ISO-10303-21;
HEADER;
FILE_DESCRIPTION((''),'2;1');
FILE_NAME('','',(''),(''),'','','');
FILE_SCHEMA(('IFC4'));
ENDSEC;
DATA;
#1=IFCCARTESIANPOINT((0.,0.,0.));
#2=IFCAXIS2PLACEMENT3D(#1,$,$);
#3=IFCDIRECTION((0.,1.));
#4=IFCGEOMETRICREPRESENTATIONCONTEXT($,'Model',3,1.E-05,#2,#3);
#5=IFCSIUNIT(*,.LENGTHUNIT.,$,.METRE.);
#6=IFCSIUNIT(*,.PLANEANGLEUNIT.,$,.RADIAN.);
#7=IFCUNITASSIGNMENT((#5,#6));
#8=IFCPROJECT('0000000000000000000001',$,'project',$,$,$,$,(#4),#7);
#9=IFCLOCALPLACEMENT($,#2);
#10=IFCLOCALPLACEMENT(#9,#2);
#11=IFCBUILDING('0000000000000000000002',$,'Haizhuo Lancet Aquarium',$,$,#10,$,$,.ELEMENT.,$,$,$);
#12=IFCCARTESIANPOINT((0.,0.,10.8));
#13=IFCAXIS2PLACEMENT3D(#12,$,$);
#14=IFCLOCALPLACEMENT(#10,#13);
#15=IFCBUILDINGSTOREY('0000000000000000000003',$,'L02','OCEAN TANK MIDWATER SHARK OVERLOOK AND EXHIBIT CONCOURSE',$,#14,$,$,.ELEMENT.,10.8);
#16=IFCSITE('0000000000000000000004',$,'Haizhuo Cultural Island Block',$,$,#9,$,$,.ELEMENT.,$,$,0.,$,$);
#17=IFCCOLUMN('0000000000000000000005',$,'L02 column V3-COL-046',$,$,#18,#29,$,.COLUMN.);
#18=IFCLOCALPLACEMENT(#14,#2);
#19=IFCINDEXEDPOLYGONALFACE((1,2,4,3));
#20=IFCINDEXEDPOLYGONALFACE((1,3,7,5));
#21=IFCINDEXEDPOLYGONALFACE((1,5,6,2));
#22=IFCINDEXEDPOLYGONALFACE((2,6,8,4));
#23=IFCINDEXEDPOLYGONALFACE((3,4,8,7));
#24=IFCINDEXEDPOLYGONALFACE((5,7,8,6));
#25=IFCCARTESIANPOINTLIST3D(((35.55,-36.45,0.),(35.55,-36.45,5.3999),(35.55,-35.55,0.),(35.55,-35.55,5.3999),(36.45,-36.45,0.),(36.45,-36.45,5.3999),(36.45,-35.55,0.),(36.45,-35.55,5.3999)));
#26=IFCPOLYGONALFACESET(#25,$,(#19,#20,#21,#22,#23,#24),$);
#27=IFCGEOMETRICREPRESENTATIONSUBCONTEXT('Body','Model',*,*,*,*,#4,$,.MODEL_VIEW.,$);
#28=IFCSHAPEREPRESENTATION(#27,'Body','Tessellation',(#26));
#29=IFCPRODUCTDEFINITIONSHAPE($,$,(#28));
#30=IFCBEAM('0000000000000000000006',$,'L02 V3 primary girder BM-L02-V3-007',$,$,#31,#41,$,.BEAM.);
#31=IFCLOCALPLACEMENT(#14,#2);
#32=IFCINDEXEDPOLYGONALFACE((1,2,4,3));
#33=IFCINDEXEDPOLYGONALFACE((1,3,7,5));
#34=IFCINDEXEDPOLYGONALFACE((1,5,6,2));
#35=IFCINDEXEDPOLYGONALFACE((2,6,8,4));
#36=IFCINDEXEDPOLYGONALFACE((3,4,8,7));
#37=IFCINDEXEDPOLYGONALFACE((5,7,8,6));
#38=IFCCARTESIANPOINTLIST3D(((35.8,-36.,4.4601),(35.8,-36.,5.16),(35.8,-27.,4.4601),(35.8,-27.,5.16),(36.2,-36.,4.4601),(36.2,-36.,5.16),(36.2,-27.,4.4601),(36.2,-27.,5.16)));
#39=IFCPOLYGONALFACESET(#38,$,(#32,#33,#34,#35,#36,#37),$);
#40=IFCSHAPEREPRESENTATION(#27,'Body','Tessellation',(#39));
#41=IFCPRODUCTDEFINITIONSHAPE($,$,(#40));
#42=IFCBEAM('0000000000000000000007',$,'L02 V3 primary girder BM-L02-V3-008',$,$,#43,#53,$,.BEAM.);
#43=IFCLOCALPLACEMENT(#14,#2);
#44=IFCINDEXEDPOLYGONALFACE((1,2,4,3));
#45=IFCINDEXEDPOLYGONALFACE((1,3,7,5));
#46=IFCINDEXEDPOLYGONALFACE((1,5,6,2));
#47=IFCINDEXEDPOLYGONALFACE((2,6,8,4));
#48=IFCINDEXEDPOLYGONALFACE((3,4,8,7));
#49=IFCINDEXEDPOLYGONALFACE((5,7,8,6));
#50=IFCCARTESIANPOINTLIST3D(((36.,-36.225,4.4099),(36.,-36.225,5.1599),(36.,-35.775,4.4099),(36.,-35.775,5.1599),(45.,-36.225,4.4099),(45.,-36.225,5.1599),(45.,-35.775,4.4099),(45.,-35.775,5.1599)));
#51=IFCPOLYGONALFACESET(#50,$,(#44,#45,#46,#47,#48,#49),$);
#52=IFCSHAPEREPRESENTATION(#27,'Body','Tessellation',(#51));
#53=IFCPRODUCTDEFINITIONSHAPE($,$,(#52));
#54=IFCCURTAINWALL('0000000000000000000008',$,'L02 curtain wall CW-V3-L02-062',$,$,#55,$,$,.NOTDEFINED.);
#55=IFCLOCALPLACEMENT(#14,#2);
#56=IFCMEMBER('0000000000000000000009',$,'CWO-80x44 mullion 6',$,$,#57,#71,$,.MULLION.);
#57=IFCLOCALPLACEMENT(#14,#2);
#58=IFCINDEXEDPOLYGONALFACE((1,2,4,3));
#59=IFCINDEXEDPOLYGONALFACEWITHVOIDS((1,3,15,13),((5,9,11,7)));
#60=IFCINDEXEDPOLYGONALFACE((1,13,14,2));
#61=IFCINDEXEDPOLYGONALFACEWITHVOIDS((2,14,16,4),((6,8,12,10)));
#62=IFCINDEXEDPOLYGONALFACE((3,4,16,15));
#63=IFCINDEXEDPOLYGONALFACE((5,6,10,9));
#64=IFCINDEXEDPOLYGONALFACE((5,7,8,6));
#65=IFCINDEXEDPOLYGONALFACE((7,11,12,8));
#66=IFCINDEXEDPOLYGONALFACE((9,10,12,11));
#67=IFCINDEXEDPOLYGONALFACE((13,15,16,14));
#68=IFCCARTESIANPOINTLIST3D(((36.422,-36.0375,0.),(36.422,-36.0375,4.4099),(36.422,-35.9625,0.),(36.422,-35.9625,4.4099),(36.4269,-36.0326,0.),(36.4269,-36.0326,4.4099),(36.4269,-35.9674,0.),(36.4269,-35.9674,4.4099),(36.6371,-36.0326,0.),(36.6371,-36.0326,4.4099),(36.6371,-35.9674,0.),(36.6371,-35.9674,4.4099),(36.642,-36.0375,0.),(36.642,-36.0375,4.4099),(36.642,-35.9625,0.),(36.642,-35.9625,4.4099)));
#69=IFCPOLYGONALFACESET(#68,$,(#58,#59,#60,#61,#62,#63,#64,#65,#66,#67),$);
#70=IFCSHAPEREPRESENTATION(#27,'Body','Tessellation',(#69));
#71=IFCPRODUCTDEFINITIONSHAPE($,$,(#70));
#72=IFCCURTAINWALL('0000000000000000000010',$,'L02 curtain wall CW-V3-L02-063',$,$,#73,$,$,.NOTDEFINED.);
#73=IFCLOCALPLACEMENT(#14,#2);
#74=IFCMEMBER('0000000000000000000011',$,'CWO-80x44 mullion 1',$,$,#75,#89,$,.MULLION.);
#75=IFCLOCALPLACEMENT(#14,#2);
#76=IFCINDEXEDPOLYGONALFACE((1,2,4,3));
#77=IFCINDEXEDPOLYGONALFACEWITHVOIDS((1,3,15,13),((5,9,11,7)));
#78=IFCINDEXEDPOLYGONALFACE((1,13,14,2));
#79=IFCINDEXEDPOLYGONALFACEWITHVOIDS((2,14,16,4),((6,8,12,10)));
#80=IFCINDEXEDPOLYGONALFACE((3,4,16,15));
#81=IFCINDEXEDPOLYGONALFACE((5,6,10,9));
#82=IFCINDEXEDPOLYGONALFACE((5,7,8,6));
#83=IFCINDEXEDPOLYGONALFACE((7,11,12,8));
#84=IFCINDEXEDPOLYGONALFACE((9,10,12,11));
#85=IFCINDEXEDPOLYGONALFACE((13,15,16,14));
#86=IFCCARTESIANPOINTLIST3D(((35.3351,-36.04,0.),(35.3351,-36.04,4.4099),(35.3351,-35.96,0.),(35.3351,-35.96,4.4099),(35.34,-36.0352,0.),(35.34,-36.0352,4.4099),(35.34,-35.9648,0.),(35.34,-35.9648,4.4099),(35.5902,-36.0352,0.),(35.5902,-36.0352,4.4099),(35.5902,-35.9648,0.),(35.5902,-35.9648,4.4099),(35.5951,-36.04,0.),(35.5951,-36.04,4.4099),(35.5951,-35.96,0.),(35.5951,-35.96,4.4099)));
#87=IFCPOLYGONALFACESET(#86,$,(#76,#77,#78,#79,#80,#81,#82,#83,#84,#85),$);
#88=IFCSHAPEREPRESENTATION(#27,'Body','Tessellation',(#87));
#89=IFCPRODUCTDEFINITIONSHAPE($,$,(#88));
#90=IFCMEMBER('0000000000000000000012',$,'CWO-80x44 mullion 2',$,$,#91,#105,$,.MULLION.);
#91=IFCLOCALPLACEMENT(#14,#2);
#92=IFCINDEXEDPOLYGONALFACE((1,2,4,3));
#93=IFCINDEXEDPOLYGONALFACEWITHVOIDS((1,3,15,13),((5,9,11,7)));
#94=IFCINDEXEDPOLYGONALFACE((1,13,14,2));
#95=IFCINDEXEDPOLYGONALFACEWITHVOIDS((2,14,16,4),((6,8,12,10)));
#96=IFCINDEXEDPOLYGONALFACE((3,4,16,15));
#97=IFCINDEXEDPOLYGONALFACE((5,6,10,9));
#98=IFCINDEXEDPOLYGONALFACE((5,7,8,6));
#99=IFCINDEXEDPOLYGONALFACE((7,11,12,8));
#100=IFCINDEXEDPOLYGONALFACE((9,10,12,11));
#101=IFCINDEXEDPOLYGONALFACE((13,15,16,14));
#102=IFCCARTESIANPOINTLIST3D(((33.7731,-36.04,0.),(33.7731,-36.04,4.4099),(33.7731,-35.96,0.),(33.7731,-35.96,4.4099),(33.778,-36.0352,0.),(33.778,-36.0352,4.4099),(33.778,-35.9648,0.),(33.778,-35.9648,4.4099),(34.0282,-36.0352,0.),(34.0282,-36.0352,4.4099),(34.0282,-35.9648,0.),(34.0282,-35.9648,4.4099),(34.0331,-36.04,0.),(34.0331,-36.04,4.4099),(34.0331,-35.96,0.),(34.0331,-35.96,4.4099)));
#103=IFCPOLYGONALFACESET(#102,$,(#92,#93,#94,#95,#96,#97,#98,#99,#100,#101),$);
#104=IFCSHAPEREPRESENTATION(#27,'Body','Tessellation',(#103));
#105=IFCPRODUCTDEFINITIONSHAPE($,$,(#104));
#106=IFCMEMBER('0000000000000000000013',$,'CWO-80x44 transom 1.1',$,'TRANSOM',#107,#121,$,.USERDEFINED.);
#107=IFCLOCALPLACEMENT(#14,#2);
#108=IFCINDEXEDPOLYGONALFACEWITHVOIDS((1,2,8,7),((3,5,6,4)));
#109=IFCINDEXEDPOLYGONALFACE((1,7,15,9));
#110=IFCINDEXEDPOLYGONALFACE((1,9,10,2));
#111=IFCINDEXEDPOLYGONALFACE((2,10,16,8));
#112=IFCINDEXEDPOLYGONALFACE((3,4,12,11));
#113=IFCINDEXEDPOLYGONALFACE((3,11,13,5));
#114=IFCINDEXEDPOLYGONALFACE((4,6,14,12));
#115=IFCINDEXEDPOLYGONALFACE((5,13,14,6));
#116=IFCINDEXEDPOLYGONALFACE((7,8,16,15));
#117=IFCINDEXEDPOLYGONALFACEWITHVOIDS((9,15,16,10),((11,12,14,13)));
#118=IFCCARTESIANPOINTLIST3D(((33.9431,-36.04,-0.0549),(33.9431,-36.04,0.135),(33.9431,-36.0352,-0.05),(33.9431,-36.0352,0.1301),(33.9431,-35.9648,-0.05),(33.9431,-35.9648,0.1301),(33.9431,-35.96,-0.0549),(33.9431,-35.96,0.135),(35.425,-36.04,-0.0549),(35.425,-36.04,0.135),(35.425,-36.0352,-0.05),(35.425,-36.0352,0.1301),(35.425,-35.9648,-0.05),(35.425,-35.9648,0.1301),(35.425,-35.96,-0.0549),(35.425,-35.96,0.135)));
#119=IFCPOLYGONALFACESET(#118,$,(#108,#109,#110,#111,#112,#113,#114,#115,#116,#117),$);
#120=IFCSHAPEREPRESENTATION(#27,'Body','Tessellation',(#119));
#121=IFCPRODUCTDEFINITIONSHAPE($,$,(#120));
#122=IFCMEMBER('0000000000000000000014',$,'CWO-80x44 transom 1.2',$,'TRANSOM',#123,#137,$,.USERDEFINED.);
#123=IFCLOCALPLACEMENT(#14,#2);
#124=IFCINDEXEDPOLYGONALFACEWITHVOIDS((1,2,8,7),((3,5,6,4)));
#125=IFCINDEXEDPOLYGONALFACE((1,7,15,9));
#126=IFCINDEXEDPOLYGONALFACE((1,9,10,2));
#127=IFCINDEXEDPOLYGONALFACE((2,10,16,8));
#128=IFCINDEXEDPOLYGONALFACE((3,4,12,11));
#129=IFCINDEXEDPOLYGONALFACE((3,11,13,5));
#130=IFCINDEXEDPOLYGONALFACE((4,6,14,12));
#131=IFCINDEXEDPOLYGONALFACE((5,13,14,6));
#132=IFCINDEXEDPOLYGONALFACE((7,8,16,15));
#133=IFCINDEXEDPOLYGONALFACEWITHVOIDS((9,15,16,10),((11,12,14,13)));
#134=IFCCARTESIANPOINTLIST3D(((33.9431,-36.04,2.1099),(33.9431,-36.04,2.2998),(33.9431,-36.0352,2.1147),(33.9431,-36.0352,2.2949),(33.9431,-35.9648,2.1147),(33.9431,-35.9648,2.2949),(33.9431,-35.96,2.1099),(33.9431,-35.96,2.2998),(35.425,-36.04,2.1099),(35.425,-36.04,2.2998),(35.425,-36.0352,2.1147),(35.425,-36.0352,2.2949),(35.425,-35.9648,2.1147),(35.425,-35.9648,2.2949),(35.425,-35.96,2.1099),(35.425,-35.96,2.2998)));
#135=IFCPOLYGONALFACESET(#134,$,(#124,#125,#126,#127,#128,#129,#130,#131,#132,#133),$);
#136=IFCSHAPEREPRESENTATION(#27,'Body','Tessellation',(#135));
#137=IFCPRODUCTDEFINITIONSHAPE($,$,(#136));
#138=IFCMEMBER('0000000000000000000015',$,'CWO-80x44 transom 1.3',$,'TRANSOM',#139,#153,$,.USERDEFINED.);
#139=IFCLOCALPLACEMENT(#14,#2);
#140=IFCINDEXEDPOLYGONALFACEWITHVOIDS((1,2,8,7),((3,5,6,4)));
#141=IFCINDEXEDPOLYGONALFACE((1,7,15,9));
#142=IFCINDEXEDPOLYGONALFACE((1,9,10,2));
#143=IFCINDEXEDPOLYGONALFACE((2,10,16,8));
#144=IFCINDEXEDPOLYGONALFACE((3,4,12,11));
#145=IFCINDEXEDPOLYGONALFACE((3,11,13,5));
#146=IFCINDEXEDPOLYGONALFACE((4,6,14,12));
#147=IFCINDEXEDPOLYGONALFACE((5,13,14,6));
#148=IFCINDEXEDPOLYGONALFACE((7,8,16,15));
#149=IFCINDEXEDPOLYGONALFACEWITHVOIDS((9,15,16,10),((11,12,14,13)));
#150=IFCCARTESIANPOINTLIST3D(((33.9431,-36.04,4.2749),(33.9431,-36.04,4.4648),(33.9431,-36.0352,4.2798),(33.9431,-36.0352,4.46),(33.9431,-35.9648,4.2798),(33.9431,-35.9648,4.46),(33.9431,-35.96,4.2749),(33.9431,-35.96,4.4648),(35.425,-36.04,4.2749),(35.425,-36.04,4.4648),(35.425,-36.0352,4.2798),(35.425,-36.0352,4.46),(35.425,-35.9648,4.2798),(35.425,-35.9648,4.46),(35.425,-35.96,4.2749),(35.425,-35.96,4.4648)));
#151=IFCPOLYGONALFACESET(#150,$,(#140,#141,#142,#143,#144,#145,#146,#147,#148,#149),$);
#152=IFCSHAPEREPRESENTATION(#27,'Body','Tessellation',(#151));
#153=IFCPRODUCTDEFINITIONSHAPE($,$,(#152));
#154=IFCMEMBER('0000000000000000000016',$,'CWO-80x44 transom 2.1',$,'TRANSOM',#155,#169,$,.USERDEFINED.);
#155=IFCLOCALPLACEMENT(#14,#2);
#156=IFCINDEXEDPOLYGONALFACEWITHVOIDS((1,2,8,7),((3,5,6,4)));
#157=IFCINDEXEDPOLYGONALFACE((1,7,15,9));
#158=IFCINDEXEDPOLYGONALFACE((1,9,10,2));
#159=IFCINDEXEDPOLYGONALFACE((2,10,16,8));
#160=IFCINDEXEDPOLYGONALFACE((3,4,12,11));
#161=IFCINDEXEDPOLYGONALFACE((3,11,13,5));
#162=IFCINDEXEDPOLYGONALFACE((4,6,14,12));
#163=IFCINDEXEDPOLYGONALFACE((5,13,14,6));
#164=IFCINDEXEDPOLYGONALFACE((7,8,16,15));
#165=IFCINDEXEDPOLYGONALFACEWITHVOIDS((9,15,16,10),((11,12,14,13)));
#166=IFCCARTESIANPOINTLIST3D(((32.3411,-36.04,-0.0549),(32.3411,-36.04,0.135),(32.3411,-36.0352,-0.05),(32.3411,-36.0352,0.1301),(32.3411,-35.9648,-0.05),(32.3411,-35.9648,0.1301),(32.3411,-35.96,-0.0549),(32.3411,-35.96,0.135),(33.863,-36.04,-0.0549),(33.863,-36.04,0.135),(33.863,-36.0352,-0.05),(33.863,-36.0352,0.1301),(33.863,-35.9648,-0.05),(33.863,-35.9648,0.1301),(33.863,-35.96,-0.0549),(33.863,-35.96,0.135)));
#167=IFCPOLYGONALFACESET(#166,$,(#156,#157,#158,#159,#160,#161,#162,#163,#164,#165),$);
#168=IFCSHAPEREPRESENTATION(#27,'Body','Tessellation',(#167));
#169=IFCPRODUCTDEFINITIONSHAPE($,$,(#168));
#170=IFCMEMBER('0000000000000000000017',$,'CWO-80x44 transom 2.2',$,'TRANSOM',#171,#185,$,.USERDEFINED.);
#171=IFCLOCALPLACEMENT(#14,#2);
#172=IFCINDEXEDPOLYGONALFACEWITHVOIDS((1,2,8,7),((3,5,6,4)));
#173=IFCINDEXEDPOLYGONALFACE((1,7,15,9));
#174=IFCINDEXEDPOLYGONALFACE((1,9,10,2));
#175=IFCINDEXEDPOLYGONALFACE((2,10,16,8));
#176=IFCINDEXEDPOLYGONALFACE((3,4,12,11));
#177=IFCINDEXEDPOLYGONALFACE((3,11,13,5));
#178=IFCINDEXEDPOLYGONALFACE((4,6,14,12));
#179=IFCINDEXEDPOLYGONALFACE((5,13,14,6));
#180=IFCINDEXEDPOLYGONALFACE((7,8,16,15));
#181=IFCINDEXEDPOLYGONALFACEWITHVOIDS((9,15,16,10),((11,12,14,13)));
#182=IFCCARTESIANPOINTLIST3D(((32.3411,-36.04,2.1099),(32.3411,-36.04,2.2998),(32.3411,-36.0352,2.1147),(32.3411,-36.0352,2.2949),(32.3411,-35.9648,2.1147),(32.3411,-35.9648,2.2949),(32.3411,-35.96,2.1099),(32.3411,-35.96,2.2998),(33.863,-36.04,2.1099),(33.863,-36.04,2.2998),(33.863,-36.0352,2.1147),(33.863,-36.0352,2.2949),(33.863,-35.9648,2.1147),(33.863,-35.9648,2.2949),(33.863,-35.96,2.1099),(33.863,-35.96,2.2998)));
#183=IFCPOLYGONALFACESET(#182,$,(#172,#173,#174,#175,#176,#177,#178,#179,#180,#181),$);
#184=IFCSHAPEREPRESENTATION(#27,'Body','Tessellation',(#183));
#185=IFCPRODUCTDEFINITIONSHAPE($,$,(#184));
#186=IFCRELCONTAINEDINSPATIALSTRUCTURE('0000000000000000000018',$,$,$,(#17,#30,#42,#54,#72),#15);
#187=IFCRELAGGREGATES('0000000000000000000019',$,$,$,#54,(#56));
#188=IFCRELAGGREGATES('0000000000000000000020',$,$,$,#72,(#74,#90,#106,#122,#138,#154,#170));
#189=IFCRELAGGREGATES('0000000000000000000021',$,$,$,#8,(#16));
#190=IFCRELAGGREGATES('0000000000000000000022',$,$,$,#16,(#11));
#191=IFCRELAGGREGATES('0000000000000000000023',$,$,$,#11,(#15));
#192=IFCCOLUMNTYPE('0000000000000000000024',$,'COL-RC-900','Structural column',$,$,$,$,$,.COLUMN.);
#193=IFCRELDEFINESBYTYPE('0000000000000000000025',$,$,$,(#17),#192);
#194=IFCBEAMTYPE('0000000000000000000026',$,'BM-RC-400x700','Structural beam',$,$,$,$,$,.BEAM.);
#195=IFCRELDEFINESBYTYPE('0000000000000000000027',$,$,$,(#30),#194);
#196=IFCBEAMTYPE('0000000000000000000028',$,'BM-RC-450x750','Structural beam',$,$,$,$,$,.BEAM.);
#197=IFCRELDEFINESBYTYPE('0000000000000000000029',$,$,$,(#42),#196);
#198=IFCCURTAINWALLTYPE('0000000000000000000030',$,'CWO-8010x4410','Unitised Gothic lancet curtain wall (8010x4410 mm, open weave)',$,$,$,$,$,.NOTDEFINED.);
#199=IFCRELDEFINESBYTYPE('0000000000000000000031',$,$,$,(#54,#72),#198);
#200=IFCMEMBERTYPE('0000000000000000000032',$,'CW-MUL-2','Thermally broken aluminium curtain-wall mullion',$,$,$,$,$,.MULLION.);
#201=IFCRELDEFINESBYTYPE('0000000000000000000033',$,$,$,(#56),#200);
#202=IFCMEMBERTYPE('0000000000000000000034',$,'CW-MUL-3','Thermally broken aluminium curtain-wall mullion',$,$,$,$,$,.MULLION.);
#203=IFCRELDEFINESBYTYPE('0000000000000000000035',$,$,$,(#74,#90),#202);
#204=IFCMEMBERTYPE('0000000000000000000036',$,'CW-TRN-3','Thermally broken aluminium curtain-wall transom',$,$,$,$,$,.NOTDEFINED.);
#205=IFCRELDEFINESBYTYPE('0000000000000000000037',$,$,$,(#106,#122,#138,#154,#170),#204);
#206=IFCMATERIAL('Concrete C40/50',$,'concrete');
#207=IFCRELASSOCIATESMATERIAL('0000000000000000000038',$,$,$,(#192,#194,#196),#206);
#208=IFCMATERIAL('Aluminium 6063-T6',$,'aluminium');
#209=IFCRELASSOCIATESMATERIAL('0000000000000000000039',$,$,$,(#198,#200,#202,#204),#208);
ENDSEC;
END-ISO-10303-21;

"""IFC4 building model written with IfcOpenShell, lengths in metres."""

from ifc_helpers import new_model, si_unit, direction, frame, origin, origin_2d, place, context, subcontext, project, spatial, rectangle, hollow_rectangle, extrude, material, material_profile, profile_set, type_object, element, aggregate, save


model = new_model("IFC4")

# Units and contexts
model_context = context("Model", 3, precision=1e-05, world=origin(), true_north=direction((0.0, 1.0)))
body_context = subcontext(model_context, "Body", "Model", "MODEL_VIEW")
ifc_project = project(units=[si_unit("LENGTHUNIT", "METRE"), si_unit("PLANEANGLEUNIT", "RADIAN")], contexts=[model_context])

# Site, building, storey
site_placement = place(None, origin())
site = spatial("IfcSite", under=ifc_project, at=site_placement, Name="Haizhuo Cultural Island Block", CompositionType="ELEMENT", RefElevation=0.0)
building_placement = place(site_placement, origin())
building = spatial("IfcBuilding", under=site, at=building_placement, Name="Haizhuo Lancet Aquarium", CompositionType="ELEMENT")
storey_placement = place(building_placement, frame((0.0, 0.0, 10.8)))
storey = spatial("IfcBuildingStorey", under=building, at=storey_placement, Name="L02", Description="OCEAN TANK MIDWATER SHARK OVERLOOK AND EXHIBIT CONCOURSE", CompositionType="ELEMENT", Elevation=10.8)

# Column
ifc_material_1 = material(Name="Concrete C40/50", Category="concrete")
ifc_material_profile_1 = material_profile(ifc_material_1, rectangle(XDim=0.8999, YDim=0.8999, at=origin_2d()), Name="RC-COL 900x900")
ifc_profile_set_1 = profile_set([ifc_material_profile_1], Name="Concrete C40/50")
column_type = type_object("IfcColumnType", Name="COL-RC-900", Description="Structural column", PredefinedType="COLUMN", material=ifc_profile_set_1)
column_placement = place(storey_placement, frame((36.0, -36.0, 0.0), z_axis=(0.0, 0.0, 1.0), x_axis=(1.0, 0.0, 0.0)))
element("IfcColumn", 1, at=column_placement, inside=storey, type_object=column_type, Name="L02 column V3-COL-046", PredefinedType="COLUMN", context=body_context, shape_type="SweptSolid", body=[
    extrude(rectangle(XDim=0.8999, YDim=0.8999, at=origin_2d()), origin(), (0.0, 0.0, 1.0), 5.3999),
])

# Beams
ifc_material_profile_2 = material_profile(ifc_material_1, rectangle(XDim=0.3999, YDim=0.7, at=origin_2d()), Name="RC-BM 400x700")
ifc_profile_set_2 = profile_set([ifc_material_profile_2], Name="Concrete C40/50")
beam_type_1 = type_object("IfcBeamType", Name="BM-RC-400x700", Description="Structural beam", PredefinedType="BEAM", material=ifc_profile_set_2)
beam_1_placement = place(storey_placement, frame((36.0, -36.0, 4.8101), z_axis=(0.0, 1.0, 0.0), x_axis=(-1.0, 0.0, 0.0)))
element("IfcBeam", 2, at=beam_1_placement, inside=storey, type_object=beam_type_1, Name="L02 V3 primary girder BM-L02-V3-007", PredefinedType="BEAM", context=body_context, shape_type="SweptSolid", body=[
    extrude(rectangle(XDim=0.3999, YDim=0.7, at=origin_2d()), origin(), (0.0, 0.0, 1.0), 9.0),
])
ifc_material_profile_3 = material_profile(ifc_material_1, rectangle(XDim=0.45, YDim=0.75, at=origin_2d()), Name="RC-BM 450x750")
ifc_profile_set_3 = profile_set([ifc_material_profile_3], Name="Concrete C40/50")
beam_type_2 = type_object("IfcBeamType", Name="BM-RC-450x750", Description="Structural beam", PredefinedType="BEAM", material=ifc_profile_set_3)
beam_2_placement = place(storey_placement, frame((36.0, -36.0, 4.7849), z_axis=(1.0, 0.0, 0.0), x_axis=(0.0, 1.0, 0.0)))
element("IfcBeam", 3, at=beam_2_placement, inside=storey, type_object=beam_type_2, Name="L02 V3 primary girder BM-L02-V3-008", PredefinedType="BEAM", context=body_context, shape_type="SweptSolid", body=[
    extrude(rectangle(XDim=0.45, YDim=0.75, at=origin_2d()), origin(), (0.0, 0.0, 1.0), 9.0),
])

# Curtain wall, member
ifc_material_2 = material(Name="Aluminium 6063-T6", Category="aluminium")
curtain_wall_type = type_object("IfcCurtainWallType", Name="CWO-8010x4410", Description="Unitised Gothic lancet curtain wall (8010x4410 mm, open weave)", PredefinedType="NOTDEFINED", material=ifc_material_2)
curtain_wall_1_placement = place(storey_placement, origin())
curtain_wall_1 = element("IfcCurtainWall", 4, at=curtain_wall_1_placement, inside=storey, type_object=curtain_wall_type, Name="L02 curtain wall CW-V3-L02-062", PredefinedType="NOTDEFINED")
ifc_material_profile_4 = material_profile(ifc_material_2, hollow_rectangle(XDim=0.075, YDim=0.22, WallThickness=0.0049, at=origin_2d()), Name="ALU-M 75x220x5")
ifc_profile_set_4 = profile_set([ifc_material_profile_4], Name="Aluminium 6063-T6")
member_type_1 = type_object("IfcMemberType", Name="CW-MUL-2", Description="Thermally broken aluminium curtain-wall mullion", PredefinedType="MULLION", material=ifc_profile_set_4)
member_1_placement = place(storey_placement, frame((36.532, -36.0, 0.0), z_axis=(0.0, 0.0, 1.0), x_axis=(0.0, -1.0, 0.0)))
member_1 = element("IfcMember", 5, at=member_1_placement, type_object=member_type_1, Name="CWO-80x44 mullion 6", PredefinedType="MULLION", context=body_context, shape_type="SweptSolid", body=[
    extrude(hollow_rectangle(XDim=0.075, YDim=0.22, WallThickness=0.0049, at=origin_2d()), origin(), (0.0, 0.0, 1.0), 4.4099),
])

# Curtain wall, members
curtain_wall_2_placement = place(storey_placement, origin())
curtain_wall_2 = element("IfcCurtainWall", 6, at=curtain_wall_2_placement, inside=storey, type_object=curtain_wall_type, Name="L02 curtain wall CW-V3-L02-063", PredefinedType="NOTDEFINED")
ifc_material_profile_5 = material_profile(ifc_material_2, hollow_rectangle(XDim=0.0801, YDim=0.26, WallThickness=0.0049, at=origin_2d()), Name="ALU-M 80x260x5")
ifc_profile_set_5 = profile_set([ifc_material_profile_5], Name="Aluminium 6063-T6")
member_type_2 = type_object("IfcMemberType", Name="CW-MUL-3", Description="Thermally broken aluminium curtain-wall mullion", PredefinedType="MULLION", material=ifc_profile_set_5)
member_2_placement = place(storey_placement, frame((35.4651, -36.0, 0.0), z_axis=(0.0, 0.0, 1.0), x_axis=(0.0, -1.0, 0.0)))
member_2 = element("IfcMember", 7, at=member_2_placement, type_object=member_type_2, Name="CWO-80x44 mullion 1", PredefinedType="MULLION", context=body_context, shape_type="SweptSolid", body=[
    extrude(hollow_rectangle(XDim=0.0801, YDim=0.26, WallThickness=0.0049, at=origin_2d()), origin(), (0.0, 0.0, 1.0), 4.4099),
])
member_3_placement = place(storey_placement, frame((33.9031, -36.0, 0.0), z_axis=(0.0, 0.0, 1.0), x_axis=(0.0, -1.0, 0.0)))
member_3 = element("IfcMember", 8, at=member_3_placement, type_object=member_type_2, Name="CWO-80x44 mullion 2", PredefinedType="MULLION", context=body_context, shape_type="SweptSolid", body=[
    extrude(hollow_rectangle(XDim=0.0801, YDim=0.26, WallThickness=0.0049, at=origin_2d()), origin(), (0.0, 0.0, 1.0), 4.4099),
])
ifc_material_profile_6 = material_profile(ifc_material_2, hollow_rectangle(XDim=0.0801, YDim=0.1899, WallThickness=0.0049, at=origin_2d()), Name="ALU-T 80x190x5")
ifc_profile_set_6 = profile_set([ifc_material_profile_6], Name="Aluminium 6063-T6")
member_type_3 = type_object("IfcMemberType", Name="CW-TRN-3", Description="Thermally broken aluminium curtain-wall transom", PredefinedType="NOTDEFINED", material=ifc_profile_set_6)
member_4_placement = place(storey_placement, frame((35.425, -36.0, 0.04), z_axis=(-1.0, 0.0, 0.0), x_axis=(0.0, -1.0, 0.0)))
member_4 = element("IfcMember", 9, at=member_4_placement, type_object=member_type_3, Name="CWO-80x44 transom 1.1", ObjectType="TRANSOM", PredefinedType="USERDEFINED", context=body_context, shape_type="SweptSolid", body=[
    extrude(hollow_rectangle(XDim=0.0801, YDim=0.1899, WallThickness=0.0049, at=origin_2d()), origin(), (0.0, 0.0, 1.0), 1.4819),
])
member_5_placement = place(storey_placement, frame((35.425, -36.0, 2.2048), z_axis=(-1.0, 0.0, 0.0), x_axis=(0.0, -1.0, 0.0)))
member_5 = element("IfcMember", 10, at=member_5_placement, type_object=member_type_3, Name="CWO-80x44 transom 1.2", ObjectType="TRANSOM", PredefinedType="USERDEFINED", context=body_context, shape_type="SweptSolid", body=[
    extrude(hollow_rectangle(XDim=0.0801, YDim=0.1899, WallThickness=0.0049, at=origin_2d()), origin(), (0.0, 0.0, 1.0), 1.4819),
])
member_6_placement = place(storey_placement, frame((35.425, -36.0, 4.3699), z_axis=(-1.0, 0.0, 0.0), x_axis=(0.0, -1.0, 0.0)))
member_6 = element("IfcMember", 11, at=member_6_placement, type_object=member_type_3, Name="CWO-80x44 transom 1.3", ObjectType="TRANSOM", PredefinedType="USERDEFINED", context=body_context, shape_type="SweptSolid", body=[
    extrude(hollow_rectangle(XDim=0.0801, YDim=0.1899, WallThickness=0.0049, at=origin_2d()), origin(), (0.0, 0.0, 1.0), 1.4819),
])
member_7_placement = place(storey_placement, frame((33.863, -36.0, 0.04), z_axis=(-1.0, 0.0, 0.0), x_axis=(0.0, -1.0, 0.0)))
member_7 = element("IfcMember", 12, at=member_7_placement, type_object=member_type_3, Name="CWO-80x44 transom 2.1", ObjectType="TRANSOM", PredefinedType="USERDEFINED", context=body_context, shape_type="SweptSolid", body=[
    extrude(hollow_rectangle(XDim=0.0801, YDim=0.1899, WallThickness=0.0049, at=origin_2d()), origin(), (0.0, 0.0, 1.0), 1.522),
])
member_8_placement = place(storey_placement, frame((33.863, -36.0, 2.2048), z_axis=(-1.0, 0.0, 0.0), x_axis=(0.0, -1.0, 0.0)))
member_8 = element("IfcMember", 13, at=member_8_placement, type_object=member_type_3, Name="CWO-80x44 transom 2.2", ObjectType="TRANSOM", PredefinedType="USERDEFINED", context=body_context, shape_type="SweptSolid", body=[
    extrude(hollow_rectangle(XDim=0.0801, YDim=0.1899, WallThickness=0.0049, at=origin_2d()), origin(), (0.0, 0.0, 1.0), 1.522),
])

aggregate(curtain_wall_1, [member_1])
aggregate(curtain_wall_2, [member_2, member_3, member_4, member_5, member_6, member_7, member_8])

save(model, "model.ifc")
